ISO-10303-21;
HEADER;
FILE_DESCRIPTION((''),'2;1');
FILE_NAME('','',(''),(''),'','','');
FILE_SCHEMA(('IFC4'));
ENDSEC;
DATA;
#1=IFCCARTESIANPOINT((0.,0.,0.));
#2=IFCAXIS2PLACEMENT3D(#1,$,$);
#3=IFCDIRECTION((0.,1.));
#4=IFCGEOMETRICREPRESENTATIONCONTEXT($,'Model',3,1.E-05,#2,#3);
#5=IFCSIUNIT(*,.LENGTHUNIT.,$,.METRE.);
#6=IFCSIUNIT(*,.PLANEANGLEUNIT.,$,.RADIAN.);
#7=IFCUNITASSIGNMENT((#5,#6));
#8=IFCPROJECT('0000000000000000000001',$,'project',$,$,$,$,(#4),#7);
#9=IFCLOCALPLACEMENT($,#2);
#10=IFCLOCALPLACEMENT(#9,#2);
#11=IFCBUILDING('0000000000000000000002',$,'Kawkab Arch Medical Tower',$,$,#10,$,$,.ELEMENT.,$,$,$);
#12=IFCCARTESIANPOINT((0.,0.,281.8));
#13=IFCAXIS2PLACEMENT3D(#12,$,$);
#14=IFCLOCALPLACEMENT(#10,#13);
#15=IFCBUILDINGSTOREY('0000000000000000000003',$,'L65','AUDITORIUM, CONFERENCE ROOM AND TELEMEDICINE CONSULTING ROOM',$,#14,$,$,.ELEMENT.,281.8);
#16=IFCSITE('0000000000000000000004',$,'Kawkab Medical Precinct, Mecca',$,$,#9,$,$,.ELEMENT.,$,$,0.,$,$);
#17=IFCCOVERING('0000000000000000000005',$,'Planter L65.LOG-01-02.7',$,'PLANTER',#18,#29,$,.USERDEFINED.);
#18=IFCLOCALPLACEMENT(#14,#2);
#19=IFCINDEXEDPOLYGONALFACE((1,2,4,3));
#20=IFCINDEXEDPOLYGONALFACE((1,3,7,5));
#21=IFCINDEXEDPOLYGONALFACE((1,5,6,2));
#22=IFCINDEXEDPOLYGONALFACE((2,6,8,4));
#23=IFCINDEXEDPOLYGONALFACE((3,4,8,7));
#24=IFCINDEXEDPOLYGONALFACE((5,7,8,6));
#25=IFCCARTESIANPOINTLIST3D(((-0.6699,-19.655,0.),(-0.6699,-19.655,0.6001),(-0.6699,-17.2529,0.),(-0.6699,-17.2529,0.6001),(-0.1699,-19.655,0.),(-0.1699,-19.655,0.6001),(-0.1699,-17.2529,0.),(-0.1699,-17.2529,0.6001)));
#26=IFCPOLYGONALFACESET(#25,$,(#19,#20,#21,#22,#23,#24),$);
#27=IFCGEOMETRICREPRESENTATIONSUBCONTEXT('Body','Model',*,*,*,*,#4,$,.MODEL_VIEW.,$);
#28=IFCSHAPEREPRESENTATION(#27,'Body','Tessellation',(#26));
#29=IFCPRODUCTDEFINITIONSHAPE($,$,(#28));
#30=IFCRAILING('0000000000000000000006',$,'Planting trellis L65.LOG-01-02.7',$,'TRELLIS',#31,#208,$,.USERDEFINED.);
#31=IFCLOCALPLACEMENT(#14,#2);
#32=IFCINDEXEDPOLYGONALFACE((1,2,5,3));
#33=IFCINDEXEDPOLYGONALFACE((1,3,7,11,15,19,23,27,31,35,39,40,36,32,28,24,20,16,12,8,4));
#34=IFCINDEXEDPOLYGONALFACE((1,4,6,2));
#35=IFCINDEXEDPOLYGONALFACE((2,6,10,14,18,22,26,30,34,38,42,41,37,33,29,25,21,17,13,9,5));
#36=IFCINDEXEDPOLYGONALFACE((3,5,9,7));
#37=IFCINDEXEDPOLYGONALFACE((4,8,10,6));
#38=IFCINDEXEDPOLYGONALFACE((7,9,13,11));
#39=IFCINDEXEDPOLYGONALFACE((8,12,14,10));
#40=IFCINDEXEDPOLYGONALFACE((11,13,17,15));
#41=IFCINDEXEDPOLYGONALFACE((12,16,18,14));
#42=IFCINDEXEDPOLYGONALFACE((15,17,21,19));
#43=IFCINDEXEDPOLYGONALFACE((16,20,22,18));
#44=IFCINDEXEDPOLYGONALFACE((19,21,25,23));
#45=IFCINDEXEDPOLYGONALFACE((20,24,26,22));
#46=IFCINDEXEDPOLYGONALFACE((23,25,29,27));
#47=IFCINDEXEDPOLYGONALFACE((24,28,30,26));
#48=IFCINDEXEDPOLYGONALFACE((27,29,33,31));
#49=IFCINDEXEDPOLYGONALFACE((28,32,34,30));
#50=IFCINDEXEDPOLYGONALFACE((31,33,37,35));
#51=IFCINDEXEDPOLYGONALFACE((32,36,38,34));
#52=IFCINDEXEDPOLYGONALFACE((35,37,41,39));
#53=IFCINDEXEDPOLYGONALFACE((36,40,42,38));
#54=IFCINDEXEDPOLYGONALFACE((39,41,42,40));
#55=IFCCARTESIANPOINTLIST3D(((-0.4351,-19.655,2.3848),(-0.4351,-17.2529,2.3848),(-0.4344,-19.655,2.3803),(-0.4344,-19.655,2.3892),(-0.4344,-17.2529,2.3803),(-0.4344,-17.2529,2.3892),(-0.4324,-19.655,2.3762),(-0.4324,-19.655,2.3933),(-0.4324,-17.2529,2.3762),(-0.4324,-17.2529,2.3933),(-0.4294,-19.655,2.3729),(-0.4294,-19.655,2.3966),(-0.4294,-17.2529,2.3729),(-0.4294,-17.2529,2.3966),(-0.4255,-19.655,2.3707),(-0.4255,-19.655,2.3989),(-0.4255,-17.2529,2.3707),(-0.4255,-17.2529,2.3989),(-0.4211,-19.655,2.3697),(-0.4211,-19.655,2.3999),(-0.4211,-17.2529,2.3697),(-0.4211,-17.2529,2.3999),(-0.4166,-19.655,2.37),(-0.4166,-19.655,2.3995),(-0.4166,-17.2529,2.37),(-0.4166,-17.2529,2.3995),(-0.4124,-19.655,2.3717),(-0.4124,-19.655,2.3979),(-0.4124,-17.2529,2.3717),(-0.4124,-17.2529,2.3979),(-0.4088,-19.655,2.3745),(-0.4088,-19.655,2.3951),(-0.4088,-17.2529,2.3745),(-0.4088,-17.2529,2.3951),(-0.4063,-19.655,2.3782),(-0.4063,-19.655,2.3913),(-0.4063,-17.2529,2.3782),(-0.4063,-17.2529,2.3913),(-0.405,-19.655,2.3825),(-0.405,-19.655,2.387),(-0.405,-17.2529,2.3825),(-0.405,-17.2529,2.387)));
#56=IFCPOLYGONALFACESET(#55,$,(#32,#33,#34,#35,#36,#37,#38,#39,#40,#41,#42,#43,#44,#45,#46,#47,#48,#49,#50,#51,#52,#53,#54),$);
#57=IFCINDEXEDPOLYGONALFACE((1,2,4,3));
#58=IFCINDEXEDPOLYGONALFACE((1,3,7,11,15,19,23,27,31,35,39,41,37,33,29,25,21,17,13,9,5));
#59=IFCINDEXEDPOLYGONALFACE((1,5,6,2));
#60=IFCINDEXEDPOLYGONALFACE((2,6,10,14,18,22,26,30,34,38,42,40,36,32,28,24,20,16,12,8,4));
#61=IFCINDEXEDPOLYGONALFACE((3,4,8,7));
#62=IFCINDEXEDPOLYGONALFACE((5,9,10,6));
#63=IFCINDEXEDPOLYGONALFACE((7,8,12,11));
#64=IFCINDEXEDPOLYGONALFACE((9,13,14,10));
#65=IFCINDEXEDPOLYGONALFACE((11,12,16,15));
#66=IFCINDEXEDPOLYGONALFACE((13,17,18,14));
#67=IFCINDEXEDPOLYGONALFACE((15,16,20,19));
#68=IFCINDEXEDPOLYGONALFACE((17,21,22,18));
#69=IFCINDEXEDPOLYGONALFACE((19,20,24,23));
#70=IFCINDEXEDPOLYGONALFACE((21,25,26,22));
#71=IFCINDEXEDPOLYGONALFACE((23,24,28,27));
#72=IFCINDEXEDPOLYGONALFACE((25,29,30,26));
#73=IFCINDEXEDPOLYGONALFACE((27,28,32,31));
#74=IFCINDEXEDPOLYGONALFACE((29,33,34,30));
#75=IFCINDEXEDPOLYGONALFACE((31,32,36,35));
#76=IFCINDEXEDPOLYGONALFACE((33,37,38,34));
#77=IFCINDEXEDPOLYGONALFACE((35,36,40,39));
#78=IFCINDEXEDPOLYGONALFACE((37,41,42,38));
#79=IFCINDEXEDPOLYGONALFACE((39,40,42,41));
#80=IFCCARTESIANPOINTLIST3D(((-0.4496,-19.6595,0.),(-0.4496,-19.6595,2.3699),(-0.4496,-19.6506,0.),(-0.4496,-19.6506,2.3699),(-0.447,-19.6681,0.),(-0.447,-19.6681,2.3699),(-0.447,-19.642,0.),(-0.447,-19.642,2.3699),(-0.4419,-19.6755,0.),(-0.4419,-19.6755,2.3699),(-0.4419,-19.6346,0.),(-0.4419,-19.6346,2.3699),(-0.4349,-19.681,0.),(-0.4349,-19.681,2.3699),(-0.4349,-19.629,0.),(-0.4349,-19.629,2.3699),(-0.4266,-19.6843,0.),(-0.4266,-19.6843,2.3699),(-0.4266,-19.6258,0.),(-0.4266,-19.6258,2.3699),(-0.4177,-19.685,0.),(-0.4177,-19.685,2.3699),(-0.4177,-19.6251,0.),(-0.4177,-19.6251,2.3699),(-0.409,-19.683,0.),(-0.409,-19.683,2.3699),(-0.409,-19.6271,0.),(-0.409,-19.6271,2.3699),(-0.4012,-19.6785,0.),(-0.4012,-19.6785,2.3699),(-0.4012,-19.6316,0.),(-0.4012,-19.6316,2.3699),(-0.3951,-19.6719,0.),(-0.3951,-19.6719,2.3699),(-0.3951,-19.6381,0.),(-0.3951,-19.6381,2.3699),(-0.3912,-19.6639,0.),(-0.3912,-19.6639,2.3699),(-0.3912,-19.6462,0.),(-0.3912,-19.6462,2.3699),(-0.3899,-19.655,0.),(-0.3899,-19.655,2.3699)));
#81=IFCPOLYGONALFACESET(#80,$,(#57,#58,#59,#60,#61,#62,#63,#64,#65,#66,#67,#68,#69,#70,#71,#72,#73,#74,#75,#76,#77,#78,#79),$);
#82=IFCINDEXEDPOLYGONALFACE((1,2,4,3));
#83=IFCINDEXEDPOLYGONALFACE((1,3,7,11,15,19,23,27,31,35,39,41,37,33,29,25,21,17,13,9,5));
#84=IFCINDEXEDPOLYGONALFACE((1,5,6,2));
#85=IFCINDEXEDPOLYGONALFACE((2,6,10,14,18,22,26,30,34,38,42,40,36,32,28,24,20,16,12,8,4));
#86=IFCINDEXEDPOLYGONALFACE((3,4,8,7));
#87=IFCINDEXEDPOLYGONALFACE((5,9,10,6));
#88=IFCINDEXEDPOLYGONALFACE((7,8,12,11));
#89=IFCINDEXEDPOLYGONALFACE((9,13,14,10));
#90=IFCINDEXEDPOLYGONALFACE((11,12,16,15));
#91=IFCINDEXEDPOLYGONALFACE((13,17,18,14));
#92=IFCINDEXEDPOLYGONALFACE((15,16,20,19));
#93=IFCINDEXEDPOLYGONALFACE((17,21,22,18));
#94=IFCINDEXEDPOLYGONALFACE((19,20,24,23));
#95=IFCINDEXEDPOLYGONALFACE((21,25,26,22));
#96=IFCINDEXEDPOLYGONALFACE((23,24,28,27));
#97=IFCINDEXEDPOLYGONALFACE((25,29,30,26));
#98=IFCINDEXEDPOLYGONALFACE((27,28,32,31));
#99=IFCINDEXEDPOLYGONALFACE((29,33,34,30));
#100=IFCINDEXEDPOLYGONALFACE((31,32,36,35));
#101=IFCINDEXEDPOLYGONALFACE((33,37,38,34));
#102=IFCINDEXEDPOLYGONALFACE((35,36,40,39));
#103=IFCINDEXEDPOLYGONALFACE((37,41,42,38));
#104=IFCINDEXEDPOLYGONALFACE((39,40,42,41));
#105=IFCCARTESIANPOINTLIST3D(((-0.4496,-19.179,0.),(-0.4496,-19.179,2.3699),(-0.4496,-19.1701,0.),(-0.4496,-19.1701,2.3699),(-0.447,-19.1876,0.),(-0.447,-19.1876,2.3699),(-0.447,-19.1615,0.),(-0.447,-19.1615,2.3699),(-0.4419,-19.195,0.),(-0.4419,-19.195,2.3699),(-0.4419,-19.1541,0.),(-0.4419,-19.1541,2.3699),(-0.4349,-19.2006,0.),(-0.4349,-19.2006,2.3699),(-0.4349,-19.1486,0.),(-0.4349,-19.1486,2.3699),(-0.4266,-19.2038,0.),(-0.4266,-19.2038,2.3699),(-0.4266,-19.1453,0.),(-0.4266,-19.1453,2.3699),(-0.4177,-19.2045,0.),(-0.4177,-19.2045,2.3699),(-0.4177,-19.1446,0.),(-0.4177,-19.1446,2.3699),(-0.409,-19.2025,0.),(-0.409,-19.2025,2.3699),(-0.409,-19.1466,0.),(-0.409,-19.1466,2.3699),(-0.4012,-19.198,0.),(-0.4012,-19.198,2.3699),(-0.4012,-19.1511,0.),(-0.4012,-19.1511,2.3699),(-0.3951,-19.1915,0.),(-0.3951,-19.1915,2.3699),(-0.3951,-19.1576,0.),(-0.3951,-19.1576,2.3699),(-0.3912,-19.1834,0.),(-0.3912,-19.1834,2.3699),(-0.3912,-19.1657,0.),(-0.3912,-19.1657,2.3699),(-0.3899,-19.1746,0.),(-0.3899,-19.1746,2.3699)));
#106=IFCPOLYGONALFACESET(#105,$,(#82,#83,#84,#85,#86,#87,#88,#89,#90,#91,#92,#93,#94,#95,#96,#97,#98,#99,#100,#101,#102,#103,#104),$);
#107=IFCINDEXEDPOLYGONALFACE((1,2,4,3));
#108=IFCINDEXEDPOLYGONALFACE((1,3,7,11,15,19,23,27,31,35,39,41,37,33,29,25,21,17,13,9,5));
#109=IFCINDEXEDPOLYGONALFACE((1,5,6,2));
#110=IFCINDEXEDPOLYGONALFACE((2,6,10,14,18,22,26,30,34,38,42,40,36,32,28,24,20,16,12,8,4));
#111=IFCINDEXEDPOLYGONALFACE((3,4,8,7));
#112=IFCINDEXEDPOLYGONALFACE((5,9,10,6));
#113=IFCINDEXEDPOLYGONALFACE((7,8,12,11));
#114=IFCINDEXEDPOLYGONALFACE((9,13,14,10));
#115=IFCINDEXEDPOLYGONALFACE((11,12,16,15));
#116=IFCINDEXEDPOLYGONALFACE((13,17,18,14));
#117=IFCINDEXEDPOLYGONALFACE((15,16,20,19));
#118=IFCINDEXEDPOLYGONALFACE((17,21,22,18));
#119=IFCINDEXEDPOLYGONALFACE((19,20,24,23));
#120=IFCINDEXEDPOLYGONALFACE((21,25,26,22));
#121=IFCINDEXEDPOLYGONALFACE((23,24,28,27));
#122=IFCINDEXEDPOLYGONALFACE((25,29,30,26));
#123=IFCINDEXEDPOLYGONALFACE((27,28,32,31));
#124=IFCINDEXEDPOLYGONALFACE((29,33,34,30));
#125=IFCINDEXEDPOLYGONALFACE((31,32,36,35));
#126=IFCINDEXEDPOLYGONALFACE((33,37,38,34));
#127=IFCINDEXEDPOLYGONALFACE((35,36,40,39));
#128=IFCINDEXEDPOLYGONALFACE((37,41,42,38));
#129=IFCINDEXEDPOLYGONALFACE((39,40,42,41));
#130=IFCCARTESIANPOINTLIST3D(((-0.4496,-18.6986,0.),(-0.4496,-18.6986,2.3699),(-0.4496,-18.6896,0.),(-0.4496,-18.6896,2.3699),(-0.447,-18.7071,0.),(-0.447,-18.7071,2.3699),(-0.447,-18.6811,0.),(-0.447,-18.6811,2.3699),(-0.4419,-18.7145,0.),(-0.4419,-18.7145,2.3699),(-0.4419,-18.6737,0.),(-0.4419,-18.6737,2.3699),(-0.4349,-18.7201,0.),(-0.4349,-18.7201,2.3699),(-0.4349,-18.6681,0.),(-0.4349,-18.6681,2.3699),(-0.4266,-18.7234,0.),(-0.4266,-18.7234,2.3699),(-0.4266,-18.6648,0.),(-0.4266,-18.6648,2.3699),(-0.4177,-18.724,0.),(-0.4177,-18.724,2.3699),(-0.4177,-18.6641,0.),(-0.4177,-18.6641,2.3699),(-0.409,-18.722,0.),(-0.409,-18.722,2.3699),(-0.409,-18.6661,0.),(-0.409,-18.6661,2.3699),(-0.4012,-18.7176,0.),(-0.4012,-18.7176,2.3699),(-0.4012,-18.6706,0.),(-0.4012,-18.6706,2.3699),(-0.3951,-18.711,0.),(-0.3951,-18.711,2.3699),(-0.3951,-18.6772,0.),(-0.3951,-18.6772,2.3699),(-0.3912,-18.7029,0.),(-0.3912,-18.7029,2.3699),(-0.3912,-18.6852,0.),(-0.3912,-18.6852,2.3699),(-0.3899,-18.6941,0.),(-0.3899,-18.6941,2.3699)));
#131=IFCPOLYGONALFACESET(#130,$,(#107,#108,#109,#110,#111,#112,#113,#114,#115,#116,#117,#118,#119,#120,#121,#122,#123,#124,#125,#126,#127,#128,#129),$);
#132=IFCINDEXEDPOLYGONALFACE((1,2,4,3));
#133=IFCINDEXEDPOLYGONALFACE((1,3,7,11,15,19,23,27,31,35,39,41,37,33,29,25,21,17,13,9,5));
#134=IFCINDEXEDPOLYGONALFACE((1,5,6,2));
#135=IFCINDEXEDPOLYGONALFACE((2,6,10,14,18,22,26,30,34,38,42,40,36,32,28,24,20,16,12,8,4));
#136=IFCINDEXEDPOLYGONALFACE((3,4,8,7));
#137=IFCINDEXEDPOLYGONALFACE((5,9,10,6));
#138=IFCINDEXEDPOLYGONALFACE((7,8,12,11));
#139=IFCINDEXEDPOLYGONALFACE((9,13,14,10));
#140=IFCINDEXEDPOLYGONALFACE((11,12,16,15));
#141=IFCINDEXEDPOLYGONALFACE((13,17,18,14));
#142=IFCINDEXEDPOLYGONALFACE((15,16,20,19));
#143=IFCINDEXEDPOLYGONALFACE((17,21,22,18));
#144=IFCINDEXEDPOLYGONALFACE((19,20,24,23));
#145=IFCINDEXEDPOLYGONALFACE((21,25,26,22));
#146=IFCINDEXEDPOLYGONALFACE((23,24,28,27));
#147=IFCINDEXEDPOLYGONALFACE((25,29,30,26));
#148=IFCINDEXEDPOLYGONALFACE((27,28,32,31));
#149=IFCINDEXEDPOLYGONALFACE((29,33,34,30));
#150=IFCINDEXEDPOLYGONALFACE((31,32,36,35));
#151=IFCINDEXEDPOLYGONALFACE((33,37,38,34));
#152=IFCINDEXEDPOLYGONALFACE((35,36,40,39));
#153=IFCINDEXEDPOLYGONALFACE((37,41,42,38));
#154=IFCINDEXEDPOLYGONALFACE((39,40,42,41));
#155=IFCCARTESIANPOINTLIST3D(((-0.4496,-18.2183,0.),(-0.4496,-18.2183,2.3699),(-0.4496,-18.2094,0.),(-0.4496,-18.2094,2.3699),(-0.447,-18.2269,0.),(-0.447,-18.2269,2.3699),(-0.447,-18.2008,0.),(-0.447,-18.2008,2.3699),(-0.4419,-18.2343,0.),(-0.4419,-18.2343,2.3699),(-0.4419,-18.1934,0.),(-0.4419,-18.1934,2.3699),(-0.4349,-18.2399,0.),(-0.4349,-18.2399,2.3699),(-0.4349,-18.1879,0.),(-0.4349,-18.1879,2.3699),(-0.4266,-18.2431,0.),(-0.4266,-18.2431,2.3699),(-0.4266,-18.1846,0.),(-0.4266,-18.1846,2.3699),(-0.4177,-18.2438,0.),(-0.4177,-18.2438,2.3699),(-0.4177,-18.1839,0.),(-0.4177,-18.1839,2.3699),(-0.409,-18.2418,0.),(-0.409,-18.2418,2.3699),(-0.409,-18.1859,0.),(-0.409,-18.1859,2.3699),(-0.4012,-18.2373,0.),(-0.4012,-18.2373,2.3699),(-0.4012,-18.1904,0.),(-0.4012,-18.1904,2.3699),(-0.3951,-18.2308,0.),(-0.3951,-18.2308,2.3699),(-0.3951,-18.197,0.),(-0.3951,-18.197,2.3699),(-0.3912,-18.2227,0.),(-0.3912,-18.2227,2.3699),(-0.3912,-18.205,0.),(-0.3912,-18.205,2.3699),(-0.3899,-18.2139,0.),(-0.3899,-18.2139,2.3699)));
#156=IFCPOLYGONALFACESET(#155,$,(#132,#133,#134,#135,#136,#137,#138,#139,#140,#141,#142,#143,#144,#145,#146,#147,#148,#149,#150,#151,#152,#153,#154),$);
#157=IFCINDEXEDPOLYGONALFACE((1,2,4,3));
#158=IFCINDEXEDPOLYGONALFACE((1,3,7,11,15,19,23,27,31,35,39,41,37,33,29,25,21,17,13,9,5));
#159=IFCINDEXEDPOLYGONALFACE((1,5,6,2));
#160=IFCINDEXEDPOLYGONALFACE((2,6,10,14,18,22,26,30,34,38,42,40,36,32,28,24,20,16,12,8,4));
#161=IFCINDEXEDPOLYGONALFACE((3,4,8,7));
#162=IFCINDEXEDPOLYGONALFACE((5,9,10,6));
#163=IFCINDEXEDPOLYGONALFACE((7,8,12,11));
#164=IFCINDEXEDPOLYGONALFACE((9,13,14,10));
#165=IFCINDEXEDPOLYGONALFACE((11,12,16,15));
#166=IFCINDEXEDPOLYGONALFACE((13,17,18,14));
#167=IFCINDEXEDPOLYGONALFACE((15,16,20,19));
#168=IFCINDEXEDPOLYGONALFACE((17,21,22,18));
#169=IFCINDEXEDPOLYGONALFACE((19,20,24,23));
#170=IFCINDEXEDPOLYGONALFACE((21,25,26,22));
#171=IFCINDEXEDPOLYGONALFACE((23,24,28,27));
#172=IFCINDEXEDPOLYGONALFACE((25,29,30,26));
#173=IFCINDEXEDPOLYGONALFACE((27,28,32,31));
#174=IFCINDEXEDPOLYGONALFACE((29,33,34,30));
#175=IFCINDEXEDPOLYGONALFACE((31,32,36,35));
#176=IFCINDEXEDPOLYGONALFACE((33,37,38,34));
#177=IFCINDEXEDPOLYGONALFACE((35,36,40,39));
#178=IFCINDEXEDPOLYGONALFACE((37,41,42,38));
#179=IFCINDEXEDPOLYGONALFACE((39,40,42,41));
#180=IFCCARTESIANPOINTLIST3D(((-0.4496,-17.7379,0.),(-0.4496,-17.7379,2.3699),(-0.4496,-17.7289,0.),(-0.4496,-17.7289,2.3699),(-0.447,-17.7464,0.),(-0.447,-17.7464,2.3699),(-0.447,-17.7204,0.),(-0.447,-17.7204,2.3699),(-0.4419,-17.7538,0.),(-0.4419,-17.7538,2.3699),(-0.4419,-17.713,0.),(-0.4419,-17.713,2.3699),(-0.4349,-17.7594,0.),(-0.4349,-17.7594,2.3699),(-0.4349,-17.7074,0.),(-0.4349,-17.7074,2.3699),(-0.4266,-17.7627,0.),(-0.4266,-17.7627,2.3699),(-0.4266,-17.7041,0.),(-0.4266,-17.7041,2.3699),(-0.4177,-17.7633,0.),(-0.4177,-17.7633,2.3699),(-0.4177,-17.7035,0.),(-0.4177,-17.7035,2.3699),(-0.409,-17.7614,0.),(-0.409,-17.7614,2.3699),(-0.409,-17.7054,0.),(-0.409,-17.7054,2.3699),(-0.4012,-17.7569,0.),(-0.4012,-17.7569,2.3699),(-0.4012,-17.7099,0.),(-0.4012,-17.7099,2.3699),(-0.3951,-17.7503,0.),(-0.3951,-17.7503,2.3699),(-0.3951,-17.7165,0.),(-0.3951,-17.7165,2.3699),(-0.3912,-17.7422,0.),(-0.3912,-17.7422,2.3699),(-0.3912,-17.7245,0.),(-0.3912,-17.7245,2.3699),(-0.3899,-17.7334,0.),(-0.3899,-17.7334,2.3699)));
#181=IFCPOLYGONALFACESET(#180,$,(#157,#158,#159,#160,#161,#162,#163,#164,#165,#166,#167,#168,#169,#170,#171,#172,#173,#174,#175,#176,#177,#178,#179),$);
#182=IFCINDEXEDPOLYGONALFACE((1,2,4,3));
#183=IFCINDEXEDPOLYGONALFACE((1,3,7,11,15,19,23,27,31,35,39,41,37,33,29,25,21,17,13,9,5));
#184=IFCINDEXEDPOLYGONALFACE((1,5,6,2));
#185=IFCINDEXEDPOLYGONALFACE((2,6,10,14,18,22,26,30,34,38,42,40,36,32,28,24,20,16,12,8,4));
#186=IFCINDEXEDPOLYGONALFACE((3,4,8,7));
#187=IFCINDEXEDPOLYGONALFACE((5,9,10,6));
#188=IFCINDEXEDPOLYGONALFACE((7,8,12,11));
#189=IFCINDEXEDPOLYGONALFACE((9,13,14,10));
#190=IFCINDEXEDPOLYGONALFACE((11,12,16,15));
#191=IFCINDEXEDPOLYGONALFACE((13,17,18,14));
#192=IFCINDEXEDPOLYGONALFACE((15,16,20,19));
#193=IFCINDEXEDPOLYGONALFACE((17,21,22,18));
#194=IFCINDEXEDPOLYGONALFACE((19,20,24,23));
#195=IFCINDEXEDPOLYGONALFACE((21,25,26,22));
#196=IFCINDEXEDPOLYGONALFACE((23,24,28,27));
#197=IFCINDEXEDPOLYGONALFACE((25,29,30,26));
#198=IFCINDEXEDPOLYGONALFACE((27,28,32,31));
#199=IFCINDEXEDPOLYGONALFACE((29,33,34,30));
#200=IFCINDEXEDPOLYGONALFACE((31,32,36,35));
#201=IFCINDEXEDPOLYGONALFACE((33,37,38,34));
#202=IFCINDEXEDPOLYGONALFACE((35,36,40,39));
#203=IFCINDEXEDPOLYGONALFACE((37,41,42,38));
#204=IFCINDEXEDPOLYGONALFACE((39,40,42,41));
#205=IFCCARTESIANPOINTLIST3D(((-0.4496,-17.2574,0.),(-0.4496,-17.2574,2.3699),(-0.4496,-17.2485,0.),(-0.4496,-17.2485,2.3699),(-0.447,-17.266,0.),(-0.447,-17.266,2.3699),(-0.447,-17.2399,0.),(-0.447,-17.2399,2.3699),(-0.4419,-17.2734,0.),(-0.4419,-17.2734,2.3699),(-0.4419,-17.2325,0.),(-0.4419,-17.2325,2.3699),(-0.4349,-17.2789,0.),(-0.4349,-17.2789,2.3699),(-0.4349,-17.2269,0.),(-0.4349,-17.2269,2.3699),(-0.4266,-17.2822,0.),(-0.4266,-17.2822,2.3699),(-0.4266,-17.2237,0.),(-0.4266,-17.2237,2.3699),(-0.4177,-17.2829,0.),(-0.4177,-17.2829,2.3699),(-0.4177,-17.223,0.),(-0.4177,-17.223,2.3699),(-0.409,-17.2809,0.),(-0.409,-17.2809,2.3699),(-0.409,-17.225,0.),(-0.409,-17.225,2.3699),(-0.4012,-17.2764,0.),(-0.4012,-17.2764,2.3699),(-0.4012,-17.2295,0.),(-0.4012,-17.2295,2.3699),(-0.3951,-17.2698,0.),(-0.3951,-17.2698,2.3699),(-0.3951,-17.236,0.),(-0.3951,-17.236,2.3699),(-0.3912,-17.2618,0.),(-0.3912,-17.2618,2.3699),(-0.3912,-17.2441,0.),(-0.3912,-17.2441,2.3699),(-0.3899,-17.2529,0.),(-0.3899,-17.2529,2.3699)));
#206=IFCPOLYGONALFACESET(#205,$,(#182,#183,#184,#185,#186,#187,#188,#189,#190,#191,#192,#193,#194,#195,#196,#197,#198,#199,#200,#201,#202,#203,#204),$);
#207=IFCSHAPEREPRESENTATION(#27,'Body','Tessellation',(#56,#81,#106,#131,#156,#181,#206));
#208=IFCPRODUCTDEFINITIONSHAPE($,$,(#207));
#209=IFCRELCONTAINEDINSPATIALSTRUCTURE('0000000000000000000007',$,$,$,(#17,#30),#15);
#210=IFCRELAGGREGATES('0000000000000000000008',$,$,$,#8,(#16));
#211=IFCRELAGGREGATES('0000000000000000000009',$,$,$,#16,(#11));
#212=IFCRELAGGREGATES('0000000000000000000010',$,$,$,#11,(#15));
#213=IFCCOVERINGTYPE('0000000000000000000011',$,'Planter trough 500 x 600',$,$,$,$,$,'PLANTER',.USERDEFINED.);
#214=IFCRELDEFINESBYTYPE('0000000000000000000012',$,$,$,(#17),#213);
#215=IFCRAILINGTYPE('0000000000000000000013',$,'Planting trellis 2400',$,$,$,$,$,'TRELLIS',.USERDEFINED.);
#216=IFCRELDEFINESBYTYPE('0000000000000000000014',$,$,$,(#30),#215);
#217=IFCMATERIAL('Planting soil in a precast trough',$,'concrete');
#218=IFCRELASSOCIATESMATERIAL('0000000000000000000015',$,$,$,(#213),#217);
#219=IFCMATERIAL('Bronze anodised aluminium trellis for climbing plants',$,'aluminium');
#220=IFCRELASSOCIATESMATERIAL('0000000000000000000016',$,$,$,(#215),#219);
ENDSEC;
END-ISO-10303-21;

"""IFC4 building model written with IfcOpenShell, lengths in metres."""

from ifc_helpers import new_model, si_unit, direction, frame, origin, origin_2d, place, context, subcontext, project, spatial, rectangle, circle, extrude, material, material_profile, profile_set, type_object, element, save


model = new_model("IFC4")

# Units and contexts
model_context = context("Model", 3, precision=1e-05, world=origin(), true_north=direction((0.0, 1.0)))
body_context = subcontext(model_context, "Body", "Model", "MODEL_VIEW")
ifc_project = project(units=[si_unit("LENGTHUNIT", "METRE"), si_unit("PLANEANGLEUNIT", "RADIAN")], contexts=[model_context])

# Site, building, storey
site_placement = place(None, origin())
site = spatial("IfcSite", under=ifc_project, at=site_placement, Name="Kawkab Medical Precinct, Mecca", CompositionType="ELEMENT", RefElevation=0.0)
building_placement = place(site_placement, origin())
building = spatial("IfcBuilding", under=site, at=building_placement, Name="Kawkab Arch Medical Tower", CompositionType="ELEMENT")
storey_placement = place(building_placement, frame((0.0, 0.0, 281.8)))
storey = spatial("IfcBuildingStorey", under=building, at=storey_placement, Name="L65", Description="AUDITORIUM, CONFERENCE ROOM AND TELEMEDICINE CONSULTING ROOM", CompositionType="ELEMENT", Elevation=281.8)

# Covering
ifc_material_1 = material(Name="Planting soil in a precast trough", Category="concrete")
ifc_material_profile_1 = material_profile(ifc_material_1, rectangle(XDim=0.5, YDim=0.6001, at=origin_2d()), Name="Trough 500x600")
ifc_profile_set_1 = profile_set([ifc_material_profile_1], Name="Planting soil in a precast trough")
covering_type_1 = type_object("IfcCoveringType", Name="Planter trough 500 x 600", ElementType="PLANTER", PredefinedType="USERDEFINED", material=ifc_profile_set_1)
covering_1_placement = place(storey_placement, frame((-0.4199, -19.655, 0.3), z_axis=(0.0, 1.0, 0.0), x_axis=(-1.0, 0.0, 0.0)))
element("IfcCovering", 1, at=covering_1_placement, inside=storey, type_object=covering_type_1, Name="Planter L65.LOG-01-02.7", ObjectType="PLANTER", PredefinedType="USERDEFINED", context=body_context, shape_type="SweptSolid", body=[
    extrude(rectangle(XDim=0.5, YDim=0.6001, at=origin_2d()), origin(), (0.0, 0.0, 1.0), 2.4021),
])

# Railing
ifc_material_2 = material(Name="Bronze anodised aluminium trellis for climbing plants", Category="aluminium")
railing_type = type_object("IfcRailingType", Name="Planting trellis 2400", ElementType="TRELLIS", PredefinedType="USERDEFINED", material=ifc_material_2)
railing_1_placement = place(storey_placement, frame((-0.4199, -19.655, 0.0)))
element("IfcRailing", 2, at=railing_1_placement, inside=storey, type_object=railing_type, Name="Planting trellis L65.LOG-01-02.7", ObjectType="TRELLIS", PredefinedType="USERDEFINED", context=body_context, shape_type="SweptSolid", body=[
    extrude(circle(Radius=0.0151, at=origin_2d()), frame((0.0, 0.0, 2.3848), z_axis=(0.0, 1.0, 0.0), x_axis=(-1.0, 0.0, 0.0)), (0.0, 0.0, 1.0), 2.4021),
    extrude(circle(Radius=0.03, at=origin_2d()), origin(), (0.0, 0.0, 1.0), 2.3699),
    extrude(circle(Radius=0.03, at=origin_2d()), frame((0.0, 0.4805, 0.0)), (0.0, 0.0, 1.0), 2.3699),
    extrude(circle(Radius=0.03, at=origin_2d()), frame((0.0, 0.9609, 0.0)), (0.0, 0.0, 1.0), 2.3699),
    extrude(circle(Radius=0.03, at=origin_2d()), frame((0.0, 1.4412, 0.0)), (0.0, 0.0, 1.0), 2.3699),
    extrude(circle(Radius=0.03, at=origin_2d()), frame((0.0, 1.9216, 0.0)), (0.0, 0.0, 1.0), 2.3699),
    extrude(circle(Radius=0.03, at=origin_2d()), frame((0.0, 2.4021, 0.0)), (0.0, 0.0, 1.0), 2.3699),
])

save(model, "model.ifc")
